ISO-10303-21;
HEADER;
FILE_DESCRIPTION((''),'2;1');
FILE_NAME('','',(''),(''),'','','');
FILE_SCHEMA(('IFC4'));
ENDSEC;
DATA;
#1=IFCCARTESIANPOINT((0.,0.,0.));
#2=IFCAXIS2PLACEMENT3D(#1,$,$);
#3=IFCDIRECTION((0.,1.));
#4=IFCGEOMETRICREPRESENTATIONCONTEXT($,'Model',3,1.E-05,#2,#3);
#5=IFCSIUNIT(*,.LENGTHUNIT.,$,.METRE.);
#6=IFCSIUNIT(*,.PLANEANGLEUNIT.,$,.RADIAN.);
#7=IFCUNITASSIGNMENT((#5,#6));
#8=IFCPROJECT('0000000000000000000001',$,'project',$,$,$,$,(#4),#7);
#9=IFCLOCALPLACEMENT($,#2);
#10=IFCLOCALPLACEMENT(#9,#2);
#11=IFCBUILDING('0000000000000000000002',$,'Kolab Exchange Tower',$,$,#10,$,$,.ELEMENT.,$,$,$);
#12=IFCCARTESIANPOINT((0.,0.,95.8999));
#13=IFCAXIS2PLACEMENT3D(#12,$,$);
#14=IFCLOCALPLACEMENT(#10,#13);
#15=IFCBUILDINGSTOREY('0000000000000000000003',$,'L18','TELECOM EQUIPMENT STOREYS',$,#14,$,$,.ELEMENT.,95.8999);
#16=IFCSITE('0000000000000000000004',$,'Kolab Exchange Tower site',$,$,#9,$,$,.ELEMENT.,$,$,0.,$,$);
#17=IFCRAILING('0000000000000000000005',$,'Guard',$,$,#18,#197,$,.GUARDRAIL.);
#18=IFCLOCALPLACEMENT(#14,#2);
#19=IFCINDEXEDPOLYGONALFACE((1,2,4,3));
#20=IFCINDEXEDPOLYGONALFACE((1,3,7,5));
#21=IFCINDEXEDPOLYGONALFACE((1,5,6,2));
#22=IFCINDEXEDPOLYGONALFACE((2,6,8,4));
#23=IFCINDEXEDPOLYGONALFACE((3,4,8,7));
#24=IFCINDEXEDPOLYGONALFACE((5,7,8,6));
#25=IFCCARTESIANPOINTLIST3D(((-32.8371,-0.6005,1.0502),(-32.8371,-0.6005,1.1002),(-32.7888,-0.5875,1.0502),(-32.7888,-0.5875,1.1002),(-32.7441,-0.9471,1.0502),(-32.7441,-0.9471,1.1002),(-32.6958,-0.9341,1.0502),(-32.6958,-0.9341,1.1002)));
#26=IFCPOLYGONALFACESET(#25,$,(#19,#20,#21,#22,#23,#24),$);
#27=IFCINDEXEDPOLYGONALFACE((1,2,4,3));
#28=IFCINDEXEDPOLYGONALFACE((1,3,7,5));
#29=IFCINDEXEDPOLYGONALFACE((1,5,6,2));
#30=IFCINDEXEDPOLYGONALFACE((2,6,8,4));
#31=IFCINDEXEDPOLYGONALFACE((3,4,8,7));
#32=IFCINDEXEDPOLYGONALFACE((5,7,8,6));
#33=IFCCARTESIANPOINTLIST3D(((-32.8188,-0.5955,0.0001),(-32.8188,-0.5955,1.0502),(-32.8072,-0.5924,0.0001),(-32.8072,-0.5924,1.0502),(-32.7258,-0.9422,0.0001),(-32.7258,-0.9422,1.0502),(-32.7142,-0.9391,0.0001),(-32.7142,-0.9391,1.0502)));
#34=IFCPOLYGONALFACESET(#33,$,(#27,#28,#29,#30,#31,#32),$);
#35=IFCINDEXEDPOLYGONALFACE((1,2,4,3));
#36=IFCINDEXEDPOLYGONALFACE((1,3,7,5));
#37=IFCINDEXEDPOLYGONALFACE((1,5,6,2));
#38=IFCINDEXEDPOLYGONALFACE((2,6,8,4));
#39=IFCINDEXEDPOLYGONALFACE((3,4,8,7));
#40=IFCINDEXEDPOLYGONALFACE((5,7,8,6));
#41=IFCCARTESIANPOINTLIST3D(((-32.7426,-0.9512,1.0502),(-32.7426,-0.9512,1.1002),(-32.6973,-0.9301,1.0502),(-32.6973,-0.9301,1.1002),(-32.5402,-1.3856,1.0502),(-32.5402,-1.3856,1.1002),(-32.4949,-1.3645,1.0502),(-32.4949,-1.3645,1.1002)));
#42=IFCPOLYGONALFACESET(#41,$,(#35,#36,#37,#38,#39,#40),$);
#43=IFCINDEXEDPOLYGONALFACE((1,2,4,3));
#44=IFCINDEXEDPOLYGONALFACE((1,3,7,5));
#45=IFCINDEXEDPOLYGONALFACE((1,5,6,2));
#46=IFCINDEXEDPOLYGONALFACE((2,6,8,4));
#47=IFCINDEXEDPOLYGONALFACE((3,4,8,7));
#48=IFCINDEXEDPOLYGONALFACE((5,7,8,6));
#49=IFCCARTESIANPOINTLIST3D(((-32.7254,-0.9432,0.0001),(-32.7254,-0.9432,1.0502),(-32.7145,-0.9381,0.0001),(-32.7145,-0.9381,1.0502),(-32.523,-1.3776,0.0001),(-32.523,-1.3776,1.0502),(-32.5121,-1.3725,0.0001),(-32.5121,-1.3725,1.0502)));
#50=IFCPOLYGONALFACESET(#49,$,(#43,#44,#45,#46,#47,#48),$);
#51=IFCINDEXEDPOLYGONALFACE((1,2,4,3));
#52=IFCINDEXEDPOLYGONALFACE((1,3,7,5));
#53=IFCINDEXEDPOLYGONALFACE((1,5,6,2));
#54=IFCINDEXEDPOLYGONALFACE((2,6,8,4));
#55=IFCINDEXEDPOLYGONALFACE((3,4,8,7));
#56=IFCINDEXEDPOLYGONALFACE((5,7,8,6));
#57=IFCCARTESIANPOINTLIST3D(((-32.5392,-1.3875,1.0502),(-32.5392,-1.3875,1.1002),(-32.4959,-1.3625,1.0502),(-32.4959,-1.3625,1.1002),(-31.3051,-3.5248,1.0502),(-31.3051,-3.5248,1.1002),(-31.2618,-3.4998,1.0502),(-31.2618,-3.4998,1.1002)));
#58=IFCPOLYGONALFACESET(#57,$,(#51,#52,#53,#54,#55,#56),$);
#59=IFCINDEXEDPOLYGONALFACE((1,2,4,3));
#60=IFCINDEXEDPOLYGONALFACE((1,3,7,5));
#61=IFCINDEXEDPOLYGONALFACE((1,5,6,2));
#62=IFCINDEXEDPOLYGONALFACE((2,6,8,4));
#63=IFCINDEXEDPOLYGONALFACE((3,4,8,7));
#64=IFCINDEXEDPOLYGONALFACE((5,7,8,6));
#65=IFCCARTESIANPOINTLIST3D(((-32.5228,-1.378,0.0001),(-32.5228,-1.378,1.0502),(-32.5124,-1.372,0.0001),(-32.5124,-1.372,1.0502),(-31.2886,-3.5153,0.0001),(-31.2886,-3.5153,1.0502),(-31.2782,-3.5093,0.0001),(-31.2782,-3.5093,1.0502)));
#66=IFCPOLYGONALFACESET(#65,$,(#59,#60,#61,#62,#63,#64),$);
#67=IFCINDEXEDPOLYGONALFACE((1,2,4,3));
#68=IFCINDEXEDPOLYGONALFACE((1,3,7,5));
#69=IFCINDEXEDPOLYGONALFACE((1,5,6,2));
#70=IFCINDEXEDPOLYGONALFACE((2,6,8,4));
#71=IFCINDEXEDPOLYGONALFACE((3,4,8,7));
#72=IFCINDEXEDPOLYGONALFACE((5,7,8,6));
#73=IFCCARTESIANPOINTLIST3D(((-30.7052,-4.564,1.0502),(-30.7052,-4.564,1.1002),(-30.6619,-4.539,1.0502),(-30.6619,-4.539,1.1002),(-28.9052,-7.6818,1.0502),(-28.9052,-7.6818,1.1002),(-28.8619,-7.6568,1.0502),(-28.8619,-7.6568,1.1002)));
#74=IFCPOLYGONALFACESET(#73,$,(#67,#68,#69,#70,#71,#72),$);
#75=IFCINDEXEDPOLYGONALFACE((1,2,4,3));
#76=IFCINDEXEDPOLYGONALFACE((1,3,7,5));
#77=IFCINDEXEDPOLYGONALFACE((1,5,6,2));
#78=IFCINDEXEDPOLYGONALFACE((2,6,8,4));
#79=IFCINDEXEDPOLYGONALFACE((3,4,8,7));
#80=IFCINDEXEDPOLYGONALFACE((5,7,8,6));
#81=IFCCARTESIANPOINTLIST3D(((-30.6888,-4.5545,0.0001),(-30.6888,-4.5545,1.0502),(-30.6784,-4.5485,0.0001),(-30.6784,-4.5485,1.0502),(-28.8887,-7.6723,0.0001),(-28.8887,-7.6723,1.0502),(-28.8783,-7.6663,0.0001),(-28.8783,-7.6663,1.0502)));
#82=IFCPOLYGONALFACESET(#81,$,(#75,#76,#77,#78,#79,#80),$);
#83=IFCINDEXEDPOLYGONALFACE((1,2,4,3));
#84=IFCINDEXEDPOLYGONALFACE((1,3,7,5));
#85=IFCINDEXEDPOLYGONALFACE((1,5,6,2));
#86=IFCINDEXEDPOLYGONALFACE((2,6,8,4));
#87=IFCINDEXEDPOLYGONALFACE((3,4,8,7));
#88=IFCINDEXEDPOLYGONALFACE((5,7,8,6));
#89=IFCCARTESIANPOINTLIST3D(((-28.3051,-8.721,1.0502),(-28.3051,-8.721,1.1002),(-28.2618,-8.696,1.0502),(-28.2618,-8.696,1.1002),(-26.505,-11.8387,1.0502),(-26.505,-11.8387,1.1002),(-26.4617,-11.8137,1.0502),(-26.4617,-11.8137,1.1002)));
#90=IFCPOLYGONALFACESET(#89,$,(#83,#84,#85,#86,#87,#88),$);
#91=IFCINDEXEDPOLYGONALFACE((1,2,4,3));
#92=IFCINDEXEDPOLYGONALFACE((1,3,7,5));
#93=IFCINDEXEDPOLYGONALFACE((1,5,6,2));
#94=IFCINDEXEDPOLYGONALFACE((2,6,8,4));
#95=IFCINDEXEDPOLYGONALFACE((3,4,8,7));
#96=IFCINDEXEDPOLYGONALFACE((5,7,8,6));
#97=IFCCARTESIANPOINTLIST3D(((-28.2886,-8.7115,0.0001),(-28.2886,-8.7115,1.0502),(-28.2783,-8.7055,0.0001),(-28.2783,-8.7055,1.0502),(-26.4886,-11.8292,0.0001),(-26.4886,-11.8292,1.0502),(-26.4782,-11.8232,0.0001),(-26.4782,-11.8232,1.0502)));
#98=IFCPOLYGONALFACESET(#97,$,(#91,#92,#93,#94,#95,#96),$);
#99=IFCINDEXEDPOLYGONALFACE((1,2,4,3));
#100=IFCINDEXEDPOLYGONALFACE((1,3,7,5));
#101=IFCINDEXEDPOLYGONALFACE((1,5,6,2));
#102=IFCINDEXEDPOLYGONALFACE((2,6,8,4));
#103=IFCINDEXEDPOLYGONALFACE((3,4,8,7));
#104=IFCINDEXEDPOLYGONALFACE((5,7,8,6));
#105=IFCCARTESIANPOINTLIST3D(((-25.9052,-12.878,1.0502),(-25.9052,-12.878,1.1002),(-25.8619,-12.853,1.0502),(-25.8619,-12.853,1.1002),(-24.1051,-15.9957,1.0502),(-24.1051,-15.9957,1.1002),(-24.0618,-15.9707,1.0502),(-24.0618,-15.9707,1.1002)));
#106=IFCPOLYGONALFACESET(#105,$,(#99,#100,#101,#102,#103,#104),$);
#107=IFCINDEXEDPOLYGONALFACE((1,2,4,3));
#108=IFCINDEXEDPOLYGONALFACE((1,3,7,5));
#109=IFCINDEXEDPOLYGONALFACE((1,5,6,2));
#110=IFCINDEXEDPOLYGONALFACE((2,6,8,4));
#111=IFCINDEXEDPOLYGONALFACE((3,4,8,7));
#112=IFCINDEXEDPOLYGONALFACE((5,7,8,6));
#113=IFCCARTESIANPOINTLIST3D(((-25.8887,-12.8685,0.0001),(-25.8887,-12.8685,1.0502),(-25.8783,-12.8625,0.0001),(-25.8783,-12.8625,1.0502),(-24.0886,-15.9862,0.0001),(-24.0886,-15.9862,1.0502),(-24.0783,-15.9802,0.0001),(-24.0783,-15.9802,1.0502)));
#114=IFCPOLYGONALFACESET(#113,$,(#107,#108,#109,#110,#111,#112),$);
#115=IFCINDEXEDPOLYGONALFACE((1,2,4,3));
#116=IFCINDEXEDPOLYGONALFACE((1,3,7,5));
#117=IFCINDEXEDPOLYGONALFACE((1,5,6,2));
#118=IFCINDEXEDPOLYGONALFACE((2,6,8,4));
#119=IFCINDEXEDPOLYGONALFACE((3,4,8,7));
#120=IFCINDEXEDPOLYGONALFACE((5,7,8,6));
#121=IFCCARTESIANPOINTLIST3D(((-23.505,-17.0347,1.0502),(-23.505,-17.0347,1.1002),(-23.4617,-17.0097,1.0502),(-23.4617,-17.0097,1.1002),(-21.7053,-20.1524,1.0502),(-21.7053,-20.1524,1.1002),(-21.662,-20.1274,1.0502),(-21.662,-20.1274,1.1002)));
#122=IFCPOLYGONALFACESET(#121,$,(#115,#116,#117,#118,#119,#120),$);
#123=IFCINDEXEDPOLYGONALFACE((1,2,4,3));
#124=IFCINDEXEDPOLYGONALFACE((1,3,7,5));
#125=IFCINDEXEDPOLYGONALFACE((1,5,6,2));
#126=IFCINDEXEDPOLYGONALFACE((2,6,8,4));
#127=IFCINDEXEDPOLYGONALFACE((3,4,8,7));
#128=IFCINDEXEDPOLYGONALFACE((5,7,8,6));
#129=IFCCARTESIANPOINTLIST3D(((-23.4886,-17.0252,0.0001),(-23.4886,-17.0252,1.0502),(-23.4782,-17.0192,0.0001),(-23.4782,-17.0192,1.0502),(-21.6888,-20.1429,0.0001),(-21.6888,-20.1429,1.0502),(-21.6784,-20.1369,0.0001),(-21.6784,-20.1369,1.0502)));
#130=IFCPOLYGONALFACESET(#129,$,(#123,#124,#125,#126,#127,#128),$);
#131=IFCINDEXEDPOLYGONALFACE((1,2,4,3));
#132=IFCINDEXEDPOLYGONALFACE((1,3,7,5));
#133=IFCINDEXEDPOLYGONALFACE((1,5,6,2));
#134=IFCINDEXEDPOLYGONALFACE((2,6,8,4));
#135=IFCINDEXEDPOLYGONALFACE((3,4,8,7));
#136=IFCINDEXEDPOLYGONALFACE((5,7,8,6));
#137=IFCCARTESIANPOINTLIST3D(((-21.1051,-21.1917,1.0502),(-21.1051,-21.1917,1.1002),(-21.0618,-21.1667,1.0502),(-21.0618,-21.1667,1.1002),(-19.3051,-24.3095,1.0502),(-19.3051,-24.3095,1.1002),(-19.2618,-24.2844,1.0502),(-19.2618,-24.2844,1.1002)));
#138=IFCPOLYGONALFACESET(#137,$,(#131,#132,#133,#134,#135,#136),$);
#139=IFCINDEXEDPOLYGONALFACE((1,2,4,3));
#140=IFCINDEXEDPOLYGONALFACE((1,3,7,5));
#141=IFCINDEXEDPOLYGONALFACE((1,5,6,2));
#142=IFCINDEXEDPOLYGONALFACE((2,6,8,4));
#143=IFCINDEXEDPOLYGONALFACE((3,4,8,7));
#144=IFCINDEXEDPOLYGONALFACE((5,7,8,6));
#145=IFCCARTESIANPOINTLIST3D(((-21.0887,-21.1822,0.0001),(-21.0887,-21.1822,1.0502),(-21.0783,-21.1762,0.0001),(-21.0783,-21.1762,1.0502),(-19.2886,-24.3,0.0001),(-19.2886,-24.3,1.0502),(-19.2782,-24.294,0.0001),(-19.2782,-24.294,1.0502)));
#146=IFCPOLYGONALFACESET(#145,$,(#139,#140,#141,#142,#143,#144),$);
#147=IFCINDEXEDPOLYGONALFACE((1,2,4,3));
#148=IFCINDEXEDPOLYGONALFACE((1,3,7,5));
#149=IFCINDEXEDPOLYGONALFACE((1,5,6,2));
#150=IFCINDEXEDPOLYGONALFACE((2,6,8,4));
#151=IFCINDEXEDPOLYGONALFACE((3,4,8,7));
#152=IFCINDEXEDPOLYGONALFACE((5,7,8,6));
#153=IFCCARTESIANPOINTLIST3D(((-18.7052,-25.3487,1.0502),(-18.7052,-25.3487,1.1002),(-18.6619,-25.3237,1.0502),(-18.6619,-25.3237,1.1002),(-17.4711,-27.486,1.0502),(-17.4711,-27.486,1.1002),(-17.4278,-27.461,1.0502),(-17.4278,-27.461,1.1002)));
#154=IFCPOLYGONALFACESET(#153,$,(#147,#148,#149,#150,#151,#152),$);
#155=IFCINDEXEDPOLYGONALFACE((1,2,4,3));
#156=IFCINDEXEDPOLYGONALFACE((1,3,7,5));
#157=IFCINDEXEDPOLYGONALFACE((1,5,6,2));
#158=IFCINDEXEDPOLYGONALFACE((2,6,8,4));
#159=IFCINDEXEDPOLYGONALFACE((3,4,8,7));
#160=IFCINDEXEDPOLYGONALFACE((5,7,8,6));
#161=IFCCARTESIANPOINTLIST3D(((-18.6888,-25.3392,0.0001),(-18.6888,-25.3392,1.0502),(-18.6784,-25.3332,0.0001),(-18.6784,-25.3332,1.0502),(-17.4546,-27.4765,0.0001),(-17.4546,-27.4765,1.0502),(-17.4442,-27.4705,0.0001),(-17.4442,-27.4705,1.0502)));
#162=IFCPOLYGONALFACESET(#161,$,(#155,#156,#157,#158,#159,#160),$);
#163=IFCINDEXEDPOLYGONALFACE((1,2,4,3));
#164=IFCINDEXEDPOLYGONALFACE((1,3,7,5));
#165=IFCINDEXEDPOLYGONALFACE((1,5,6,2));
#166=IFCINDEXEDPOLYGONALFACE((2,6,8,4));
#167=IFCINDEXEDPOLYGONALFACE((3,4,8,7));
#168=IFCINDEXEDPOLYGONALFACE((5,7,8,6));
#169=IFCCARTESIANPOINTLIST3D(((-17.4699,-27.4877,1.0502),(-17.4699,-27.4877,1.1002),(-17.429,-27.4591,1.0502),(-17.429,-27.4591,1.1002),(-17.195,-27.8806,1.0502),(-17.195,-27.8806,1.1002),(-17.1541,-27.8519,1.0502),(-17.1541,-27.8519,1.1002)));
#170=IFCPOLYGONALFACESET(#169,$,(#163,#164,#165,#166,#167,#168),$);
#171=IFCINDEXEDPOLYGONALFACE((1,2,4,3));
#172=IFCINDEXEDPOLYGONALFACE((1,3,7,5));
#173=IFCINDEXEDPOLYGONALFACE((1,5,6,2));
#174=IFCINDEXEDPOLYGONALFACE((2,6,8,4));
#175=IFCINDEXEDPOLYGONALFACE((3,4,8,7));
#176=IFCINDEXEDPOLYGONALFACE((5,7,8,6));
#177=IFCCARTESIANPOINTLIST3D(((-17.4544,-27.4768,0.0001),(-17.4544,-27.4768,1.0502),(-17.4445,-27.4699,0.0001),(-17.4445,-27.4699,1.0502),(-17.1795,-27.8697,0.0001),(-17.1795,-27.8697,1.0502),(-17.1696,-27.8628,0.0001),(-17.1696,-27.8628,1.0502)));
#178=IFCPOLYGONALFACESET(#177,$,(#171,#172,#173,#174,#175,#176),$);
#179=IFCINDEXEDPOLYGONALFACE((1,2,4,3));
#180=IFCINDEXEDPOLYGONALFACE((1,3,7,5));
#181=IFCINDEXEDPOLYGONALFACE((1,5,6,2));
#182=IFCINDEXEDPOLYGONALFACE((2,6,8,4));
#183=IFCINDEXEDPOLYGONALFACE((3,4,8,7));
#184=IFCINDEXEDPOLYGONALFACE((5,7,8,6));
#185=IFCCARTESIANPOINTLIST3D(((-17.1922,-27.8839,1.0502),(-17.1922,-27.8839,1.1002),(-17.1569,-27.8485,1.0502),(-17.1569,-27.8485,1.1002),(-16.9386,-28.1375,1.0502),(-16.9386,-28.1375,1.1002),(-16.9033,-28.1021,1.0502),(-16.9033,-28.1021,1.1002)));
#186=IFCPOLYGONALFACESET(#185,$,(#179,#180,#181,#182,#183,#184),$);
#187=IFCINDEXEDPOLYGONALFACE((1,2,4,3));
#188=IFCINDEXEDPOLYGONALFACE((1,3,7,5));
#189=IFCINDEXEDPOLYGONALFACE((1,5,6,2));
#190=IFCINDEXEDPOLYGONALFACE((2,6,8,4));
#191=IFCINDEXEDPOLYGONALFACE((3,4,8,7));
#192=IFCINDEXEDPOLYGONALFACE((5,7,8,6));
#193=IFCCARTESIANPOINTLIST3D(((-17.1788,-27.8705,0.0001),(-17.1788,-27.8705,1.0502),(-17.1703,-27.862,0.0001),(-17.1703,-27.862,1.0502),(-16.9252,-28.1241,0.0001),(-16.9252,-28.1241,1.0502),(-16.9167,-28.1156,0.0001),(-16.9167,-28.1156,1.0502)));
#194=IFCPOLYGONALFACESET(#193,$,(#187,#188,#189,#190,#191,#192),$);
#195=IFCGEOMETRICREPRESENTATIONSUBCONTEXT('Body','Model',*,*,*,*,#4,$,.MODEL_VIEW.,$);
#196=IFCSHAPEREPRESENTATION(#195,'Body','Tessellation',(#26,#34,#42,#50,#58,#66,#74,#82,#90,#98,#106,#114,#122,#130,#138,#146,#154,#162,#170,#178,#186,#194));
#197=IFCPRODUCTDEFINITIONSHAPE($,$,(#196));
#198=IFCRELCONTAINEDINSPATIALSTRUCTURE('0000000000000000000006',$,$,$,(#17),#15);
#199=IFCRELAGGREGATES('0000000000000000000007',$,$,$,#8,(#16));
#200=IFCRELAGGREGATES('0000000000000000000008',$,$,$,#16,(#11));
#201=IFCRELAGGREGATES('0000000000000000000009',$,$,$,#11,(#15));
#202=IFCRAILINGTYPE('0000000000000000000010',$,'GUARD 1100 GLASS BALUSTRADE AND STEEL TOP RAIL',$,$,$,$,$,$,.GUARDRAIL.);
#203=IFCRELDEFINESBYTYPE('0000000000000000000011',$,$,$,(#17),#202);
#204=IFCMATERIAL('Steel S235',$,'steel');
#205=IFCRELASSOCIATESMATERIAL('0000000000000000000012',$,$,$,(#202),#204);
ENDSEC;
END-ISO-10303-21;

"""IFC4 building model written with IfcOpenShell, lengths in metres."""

from ifc_helpers import new_model, si_unit, direction, frame, frame_2d, origin, origin_2d, place, context, subcontext, project, spatial, rectangle, extrude, material, type_object, element, save


model = new_model("IFC4")

# Units and contexts
model_context = context("Model", 3, precision=1e-05, world=origin(), true_north=direction((0.0, 1.0)))
body_context = subcontext(model_context, "Body", "Model", "MODEL_VIEW")
ifc_project = project(units=[si_unit("LENGTHUNIT", "METRE"), si_unit("PLANEANGLEUNIT", "RADIAN")], contexts=[model_context])

# Site, building, storey
site_placement = place(None, origin())
site = spatial("IfcSite", under=ifc_project, at=site_placement, Name="Kolab Exchange Tower site", CompositionType="ELEMENT", RefElevation=0.0)
building_placement = place(site_placement, origin())
building = spatial("IfcBuilding", under=site, at=building_placement, Name="Kolab Exchange Tower", CompositionType="ELEMENT")
storey_placement = place(building_placement, frame((0.0, 0.0, 95.8999)))
storey = spatial("IfcBuildingStorey", under=building, at=storey_placement, Name="L18", Description="TELECOM EQUIPMENT STOREYS", CompositionType="ELEMENT", Elevation=95.8999)

# Shared definitions
ifc_material_1 = material(Name="Steel S235", Category="steel")

# Railing
railing_type = type_object("IfcRailingType", Name="GUARD 1100 GLASS BALUSTRADE AND STEEL TOP RAIL", PredefinedType="GUARDRAIL", material=ifc_material_1)
railing_placement = place(storey_placement, frame((-32.813, -0.594, 0.0)))
element("IfcRailing", 1, at=railing_placement, inside=storey, type_object=railing_type, Name="Guard", PredefinedType="GUARDRAIL", context=body_context, shape_type="SweptSolid", body=[
    extrude(rectangle(XDim=0.05, YDim=0.05, at=origin_2d()), frame((0.0, 0.0, 1.0752), z_axis=(0.259144, -0.965839, 0.0), x_axis=(0.965839, 0.259144, 0.0)), (0.0, 0.0, 1.0), 0.3589),
    extrude(rectangle(XDim=0.012, YDim=1.0501, at=frame_2d((0.0, 0.5251))), frame((0.0, 0.0, 0.0), z_axis=(0.259144, -0.965839, 0.0), x_axis=(0.965839, 0.259144, 0.0)), (0.0, 0.0, 1.0), 0.3589),
    extrude(rectangle(XDim=0.05, YDim=0.05, at=origin_2d()), frame((0.093, -0.3467, 1.0752), z_axis=(0.422383, -0.906417, 0.0), x_axis=(0.906417, 0.422383, 0.0)), (0.0, 0.0, 1.0), 0.4792),
    extrude(rectangle(XDim=0.012, YDim=1.0501, at=frame_2d((0.0, 0.5251))), frame((0.093, -0.3467, 0.0), z_axis=(0.422383, -0.906417, 0.0), x_axis=(0.906417, 0.422383, 0.0)), (0.0, 0.0, 1.0), 0.4792),
    extrude(rectangle(XDim=0.05, YDim=0.05, at=origin_2d()), frame((0.2954, -0.781, 1.0752), z_axis=(0.500065, -0.865988, 0.0), x_axis=(0.865988, 0.500065, 0.0)), (0.0, 0.0, 1.0), 2.468),
    extrude(rectangle(XDim=0.012, YDim=1.0501, at=frame_2d((0.0, 0.5251))), frame((0.2954, -0.781, 0.0), z_axis=(0.500065, -0.865988, 0.0), x_axis=(0.865988, 0.500065, 0.0)), (0.0, 0.0, 1.0), 2.468),
    extrude(rectangle(XDim=0.05, YDim=0.05, at=origin_2d()), frame((2.1294, -3.9575, 1.0752), z_axis=(0.500012, -0.866018, 0.0), x_axis=(0.866018, 0.500012, 0.0)), (0.0, 0.0, 1.0), 3.6001),
    extrude(rectangle(XDim=0.012, YDim=1.0501, at=frame_2d((0.0, 0.5251))), frame((2.1294, -3.9575, 0.0), z_axis=(0.500012, -0.866018, 0.0), x_axis=(0.866018, 0.500012, 0.0)), (0.0, 0.0, 1.0), 3.6001),
    extrude(rectangle(XDim=0.05, YDim=0.05, at=origin_2d()), frame((4.5295, -8.1145, 1.0752), z_axis=(0.500012, -0.866018, 0.0), x_axis=(0.866018, 0.500012, 0.0)), (0.0, 0.0, 1.0), 3.6001),
    extrude(rectangle(XDim=0.012, YDim=1.0501, at=frame_2d((0.0, 0.5251))), frame((4.5295, -8.1145, 0.0), z_axis=(0.500012, -0.866018, 0.0), x_axis=(0.866018, 0.500012, 0.0)), (0.0, 0.0, 1.0), 3.6001),
    extrude(rectangle(XDim=0.05, YDim=0.05, at=origin_2d()), frame((6.9294, -12.2715, 1.0752), z_axis=(0.500012, -0.866018, 0.0), x_axis=(0.866018, 0.500012, 0.0)), (0.0, 0.0, 1.0), 3.6001),
    extrude(rectangle(XDim=0.012, YDim=1.0501, at=frame_2d((0.0, 0.5251))), frame((6.9294, -12.2715, 0.0), z_axis=(0.500012, -0.866018, 0.0), x_axis=(0.866018, 0.500012, 0.0)), (0.0, 0.0, 1.0), 3.6001),
    extrude(rectangle(XDim=0.05, YDim=0.05, at=origin_2d()), frame((9.3296, -16.4282, 1.0752), z_axis=(0.499961, -0.866048, 0.0), x_axis=(0.866048, 0.499961, 0.0)), (0.0, 0.0, 1.0), 3.5999),
    extrude(rectangle(XDim=0.012, YDim=1.0501, at=frame_2d((0.0, 0.5251))), frame((9.3296, -16.4282, 0.0), z_axis=(0.499961, -0.866048, 0.0), x_axis=(0.866048, 0.499961, 0.0)), (0.0, 0.0, 1.0), 3.5999),
    extrude(rectangle(XDim=0.05, YDim=0.05, at=origin_2d()), frame((11.7295, -20.5852, 1.0752), z_axis=(0.500012, -0.866018, 0.0), x_axis=(0.866018, 0.500012, 0.0)), (0.0, 0.0, 1.0), 3.6001),
    extrude(rectangle(XDim=0.012, YDim=1.0501, at=frame_2d((0.0, 0.5251))), frame((11.7295, -20.5852, 0.0), z_axis=(0.500012, -0.866018, 0.0), x_axis=(0.866018, 0.500012, 0.0)), (0.0, 0.0, 1.0), 3.6001),
    extrude(rectangle(XDim=0.05, YDim=0.05, at=origin_2d()), frame((14.1294, -24.7422, 1.0752), z_axis=(0.500065, -0.865988, 0.0), x_axis=(0.865988, 0.500065, 0.0)), (0.0, 0.0, 1.0), 2.468),
    extrude(rectangle(XDim=0.012, YDim=1.0501, at=frame_2d((0.0, 0.5251))), frame((14.1294, -24.7422, 0.0), z_axis=(0.500065, -0.865988, 0.0), x_axis=(0.865988, 0.500065, 0.0)), (0.0, 0.0, 1.0), 2.468),
    extrude(rectangle(XDim=0.05, YDim=0.05, at=origin_2d()), frame((15.3635, -26.8794, 1.0752), z_axis=(0.57336, -0.819304, 0.0), x_axis=(0.819304, 0.57336, 0.0)), (0.0, 0.0, 1.0), 0.4795),
    extrude(rectangle(XDim=0.012, YDim=1.0501, at=frame_2d((0.0, 0.5251))), frame((15.3635, -26.8794, 0.0), z_axis=(0.57336, -0.819304, 0.0), x_axis=(0.819304, 0.57336, 0.0)), (0.0, 0.0, 1.0), 0.4795),
    extrude(rectangle(XDim=0.05, YDim=0.05, at=origin_2d()), frame((15.6384, -27.2722, 1.0752), z_axis=(0.707107, -0.707107, 0.0), x_axis=(0.707107, 0.707107, 0.0)), (0.0, 0.0, 1.0), 0.3586),
    extrude(rectangle(XDim=0.012, YDim=1.0501, at=frame_2d((0.0, 0.5251))), frame((15.6384, -27.2722, 0.0), z_axis=(0.707107, -0.707107, 0.0), x_axis=(0.707107, 0.707107, 0.0)), (0.0, 0.0, 1.0), 0.3586),
])

save(model, "model.ifc")
